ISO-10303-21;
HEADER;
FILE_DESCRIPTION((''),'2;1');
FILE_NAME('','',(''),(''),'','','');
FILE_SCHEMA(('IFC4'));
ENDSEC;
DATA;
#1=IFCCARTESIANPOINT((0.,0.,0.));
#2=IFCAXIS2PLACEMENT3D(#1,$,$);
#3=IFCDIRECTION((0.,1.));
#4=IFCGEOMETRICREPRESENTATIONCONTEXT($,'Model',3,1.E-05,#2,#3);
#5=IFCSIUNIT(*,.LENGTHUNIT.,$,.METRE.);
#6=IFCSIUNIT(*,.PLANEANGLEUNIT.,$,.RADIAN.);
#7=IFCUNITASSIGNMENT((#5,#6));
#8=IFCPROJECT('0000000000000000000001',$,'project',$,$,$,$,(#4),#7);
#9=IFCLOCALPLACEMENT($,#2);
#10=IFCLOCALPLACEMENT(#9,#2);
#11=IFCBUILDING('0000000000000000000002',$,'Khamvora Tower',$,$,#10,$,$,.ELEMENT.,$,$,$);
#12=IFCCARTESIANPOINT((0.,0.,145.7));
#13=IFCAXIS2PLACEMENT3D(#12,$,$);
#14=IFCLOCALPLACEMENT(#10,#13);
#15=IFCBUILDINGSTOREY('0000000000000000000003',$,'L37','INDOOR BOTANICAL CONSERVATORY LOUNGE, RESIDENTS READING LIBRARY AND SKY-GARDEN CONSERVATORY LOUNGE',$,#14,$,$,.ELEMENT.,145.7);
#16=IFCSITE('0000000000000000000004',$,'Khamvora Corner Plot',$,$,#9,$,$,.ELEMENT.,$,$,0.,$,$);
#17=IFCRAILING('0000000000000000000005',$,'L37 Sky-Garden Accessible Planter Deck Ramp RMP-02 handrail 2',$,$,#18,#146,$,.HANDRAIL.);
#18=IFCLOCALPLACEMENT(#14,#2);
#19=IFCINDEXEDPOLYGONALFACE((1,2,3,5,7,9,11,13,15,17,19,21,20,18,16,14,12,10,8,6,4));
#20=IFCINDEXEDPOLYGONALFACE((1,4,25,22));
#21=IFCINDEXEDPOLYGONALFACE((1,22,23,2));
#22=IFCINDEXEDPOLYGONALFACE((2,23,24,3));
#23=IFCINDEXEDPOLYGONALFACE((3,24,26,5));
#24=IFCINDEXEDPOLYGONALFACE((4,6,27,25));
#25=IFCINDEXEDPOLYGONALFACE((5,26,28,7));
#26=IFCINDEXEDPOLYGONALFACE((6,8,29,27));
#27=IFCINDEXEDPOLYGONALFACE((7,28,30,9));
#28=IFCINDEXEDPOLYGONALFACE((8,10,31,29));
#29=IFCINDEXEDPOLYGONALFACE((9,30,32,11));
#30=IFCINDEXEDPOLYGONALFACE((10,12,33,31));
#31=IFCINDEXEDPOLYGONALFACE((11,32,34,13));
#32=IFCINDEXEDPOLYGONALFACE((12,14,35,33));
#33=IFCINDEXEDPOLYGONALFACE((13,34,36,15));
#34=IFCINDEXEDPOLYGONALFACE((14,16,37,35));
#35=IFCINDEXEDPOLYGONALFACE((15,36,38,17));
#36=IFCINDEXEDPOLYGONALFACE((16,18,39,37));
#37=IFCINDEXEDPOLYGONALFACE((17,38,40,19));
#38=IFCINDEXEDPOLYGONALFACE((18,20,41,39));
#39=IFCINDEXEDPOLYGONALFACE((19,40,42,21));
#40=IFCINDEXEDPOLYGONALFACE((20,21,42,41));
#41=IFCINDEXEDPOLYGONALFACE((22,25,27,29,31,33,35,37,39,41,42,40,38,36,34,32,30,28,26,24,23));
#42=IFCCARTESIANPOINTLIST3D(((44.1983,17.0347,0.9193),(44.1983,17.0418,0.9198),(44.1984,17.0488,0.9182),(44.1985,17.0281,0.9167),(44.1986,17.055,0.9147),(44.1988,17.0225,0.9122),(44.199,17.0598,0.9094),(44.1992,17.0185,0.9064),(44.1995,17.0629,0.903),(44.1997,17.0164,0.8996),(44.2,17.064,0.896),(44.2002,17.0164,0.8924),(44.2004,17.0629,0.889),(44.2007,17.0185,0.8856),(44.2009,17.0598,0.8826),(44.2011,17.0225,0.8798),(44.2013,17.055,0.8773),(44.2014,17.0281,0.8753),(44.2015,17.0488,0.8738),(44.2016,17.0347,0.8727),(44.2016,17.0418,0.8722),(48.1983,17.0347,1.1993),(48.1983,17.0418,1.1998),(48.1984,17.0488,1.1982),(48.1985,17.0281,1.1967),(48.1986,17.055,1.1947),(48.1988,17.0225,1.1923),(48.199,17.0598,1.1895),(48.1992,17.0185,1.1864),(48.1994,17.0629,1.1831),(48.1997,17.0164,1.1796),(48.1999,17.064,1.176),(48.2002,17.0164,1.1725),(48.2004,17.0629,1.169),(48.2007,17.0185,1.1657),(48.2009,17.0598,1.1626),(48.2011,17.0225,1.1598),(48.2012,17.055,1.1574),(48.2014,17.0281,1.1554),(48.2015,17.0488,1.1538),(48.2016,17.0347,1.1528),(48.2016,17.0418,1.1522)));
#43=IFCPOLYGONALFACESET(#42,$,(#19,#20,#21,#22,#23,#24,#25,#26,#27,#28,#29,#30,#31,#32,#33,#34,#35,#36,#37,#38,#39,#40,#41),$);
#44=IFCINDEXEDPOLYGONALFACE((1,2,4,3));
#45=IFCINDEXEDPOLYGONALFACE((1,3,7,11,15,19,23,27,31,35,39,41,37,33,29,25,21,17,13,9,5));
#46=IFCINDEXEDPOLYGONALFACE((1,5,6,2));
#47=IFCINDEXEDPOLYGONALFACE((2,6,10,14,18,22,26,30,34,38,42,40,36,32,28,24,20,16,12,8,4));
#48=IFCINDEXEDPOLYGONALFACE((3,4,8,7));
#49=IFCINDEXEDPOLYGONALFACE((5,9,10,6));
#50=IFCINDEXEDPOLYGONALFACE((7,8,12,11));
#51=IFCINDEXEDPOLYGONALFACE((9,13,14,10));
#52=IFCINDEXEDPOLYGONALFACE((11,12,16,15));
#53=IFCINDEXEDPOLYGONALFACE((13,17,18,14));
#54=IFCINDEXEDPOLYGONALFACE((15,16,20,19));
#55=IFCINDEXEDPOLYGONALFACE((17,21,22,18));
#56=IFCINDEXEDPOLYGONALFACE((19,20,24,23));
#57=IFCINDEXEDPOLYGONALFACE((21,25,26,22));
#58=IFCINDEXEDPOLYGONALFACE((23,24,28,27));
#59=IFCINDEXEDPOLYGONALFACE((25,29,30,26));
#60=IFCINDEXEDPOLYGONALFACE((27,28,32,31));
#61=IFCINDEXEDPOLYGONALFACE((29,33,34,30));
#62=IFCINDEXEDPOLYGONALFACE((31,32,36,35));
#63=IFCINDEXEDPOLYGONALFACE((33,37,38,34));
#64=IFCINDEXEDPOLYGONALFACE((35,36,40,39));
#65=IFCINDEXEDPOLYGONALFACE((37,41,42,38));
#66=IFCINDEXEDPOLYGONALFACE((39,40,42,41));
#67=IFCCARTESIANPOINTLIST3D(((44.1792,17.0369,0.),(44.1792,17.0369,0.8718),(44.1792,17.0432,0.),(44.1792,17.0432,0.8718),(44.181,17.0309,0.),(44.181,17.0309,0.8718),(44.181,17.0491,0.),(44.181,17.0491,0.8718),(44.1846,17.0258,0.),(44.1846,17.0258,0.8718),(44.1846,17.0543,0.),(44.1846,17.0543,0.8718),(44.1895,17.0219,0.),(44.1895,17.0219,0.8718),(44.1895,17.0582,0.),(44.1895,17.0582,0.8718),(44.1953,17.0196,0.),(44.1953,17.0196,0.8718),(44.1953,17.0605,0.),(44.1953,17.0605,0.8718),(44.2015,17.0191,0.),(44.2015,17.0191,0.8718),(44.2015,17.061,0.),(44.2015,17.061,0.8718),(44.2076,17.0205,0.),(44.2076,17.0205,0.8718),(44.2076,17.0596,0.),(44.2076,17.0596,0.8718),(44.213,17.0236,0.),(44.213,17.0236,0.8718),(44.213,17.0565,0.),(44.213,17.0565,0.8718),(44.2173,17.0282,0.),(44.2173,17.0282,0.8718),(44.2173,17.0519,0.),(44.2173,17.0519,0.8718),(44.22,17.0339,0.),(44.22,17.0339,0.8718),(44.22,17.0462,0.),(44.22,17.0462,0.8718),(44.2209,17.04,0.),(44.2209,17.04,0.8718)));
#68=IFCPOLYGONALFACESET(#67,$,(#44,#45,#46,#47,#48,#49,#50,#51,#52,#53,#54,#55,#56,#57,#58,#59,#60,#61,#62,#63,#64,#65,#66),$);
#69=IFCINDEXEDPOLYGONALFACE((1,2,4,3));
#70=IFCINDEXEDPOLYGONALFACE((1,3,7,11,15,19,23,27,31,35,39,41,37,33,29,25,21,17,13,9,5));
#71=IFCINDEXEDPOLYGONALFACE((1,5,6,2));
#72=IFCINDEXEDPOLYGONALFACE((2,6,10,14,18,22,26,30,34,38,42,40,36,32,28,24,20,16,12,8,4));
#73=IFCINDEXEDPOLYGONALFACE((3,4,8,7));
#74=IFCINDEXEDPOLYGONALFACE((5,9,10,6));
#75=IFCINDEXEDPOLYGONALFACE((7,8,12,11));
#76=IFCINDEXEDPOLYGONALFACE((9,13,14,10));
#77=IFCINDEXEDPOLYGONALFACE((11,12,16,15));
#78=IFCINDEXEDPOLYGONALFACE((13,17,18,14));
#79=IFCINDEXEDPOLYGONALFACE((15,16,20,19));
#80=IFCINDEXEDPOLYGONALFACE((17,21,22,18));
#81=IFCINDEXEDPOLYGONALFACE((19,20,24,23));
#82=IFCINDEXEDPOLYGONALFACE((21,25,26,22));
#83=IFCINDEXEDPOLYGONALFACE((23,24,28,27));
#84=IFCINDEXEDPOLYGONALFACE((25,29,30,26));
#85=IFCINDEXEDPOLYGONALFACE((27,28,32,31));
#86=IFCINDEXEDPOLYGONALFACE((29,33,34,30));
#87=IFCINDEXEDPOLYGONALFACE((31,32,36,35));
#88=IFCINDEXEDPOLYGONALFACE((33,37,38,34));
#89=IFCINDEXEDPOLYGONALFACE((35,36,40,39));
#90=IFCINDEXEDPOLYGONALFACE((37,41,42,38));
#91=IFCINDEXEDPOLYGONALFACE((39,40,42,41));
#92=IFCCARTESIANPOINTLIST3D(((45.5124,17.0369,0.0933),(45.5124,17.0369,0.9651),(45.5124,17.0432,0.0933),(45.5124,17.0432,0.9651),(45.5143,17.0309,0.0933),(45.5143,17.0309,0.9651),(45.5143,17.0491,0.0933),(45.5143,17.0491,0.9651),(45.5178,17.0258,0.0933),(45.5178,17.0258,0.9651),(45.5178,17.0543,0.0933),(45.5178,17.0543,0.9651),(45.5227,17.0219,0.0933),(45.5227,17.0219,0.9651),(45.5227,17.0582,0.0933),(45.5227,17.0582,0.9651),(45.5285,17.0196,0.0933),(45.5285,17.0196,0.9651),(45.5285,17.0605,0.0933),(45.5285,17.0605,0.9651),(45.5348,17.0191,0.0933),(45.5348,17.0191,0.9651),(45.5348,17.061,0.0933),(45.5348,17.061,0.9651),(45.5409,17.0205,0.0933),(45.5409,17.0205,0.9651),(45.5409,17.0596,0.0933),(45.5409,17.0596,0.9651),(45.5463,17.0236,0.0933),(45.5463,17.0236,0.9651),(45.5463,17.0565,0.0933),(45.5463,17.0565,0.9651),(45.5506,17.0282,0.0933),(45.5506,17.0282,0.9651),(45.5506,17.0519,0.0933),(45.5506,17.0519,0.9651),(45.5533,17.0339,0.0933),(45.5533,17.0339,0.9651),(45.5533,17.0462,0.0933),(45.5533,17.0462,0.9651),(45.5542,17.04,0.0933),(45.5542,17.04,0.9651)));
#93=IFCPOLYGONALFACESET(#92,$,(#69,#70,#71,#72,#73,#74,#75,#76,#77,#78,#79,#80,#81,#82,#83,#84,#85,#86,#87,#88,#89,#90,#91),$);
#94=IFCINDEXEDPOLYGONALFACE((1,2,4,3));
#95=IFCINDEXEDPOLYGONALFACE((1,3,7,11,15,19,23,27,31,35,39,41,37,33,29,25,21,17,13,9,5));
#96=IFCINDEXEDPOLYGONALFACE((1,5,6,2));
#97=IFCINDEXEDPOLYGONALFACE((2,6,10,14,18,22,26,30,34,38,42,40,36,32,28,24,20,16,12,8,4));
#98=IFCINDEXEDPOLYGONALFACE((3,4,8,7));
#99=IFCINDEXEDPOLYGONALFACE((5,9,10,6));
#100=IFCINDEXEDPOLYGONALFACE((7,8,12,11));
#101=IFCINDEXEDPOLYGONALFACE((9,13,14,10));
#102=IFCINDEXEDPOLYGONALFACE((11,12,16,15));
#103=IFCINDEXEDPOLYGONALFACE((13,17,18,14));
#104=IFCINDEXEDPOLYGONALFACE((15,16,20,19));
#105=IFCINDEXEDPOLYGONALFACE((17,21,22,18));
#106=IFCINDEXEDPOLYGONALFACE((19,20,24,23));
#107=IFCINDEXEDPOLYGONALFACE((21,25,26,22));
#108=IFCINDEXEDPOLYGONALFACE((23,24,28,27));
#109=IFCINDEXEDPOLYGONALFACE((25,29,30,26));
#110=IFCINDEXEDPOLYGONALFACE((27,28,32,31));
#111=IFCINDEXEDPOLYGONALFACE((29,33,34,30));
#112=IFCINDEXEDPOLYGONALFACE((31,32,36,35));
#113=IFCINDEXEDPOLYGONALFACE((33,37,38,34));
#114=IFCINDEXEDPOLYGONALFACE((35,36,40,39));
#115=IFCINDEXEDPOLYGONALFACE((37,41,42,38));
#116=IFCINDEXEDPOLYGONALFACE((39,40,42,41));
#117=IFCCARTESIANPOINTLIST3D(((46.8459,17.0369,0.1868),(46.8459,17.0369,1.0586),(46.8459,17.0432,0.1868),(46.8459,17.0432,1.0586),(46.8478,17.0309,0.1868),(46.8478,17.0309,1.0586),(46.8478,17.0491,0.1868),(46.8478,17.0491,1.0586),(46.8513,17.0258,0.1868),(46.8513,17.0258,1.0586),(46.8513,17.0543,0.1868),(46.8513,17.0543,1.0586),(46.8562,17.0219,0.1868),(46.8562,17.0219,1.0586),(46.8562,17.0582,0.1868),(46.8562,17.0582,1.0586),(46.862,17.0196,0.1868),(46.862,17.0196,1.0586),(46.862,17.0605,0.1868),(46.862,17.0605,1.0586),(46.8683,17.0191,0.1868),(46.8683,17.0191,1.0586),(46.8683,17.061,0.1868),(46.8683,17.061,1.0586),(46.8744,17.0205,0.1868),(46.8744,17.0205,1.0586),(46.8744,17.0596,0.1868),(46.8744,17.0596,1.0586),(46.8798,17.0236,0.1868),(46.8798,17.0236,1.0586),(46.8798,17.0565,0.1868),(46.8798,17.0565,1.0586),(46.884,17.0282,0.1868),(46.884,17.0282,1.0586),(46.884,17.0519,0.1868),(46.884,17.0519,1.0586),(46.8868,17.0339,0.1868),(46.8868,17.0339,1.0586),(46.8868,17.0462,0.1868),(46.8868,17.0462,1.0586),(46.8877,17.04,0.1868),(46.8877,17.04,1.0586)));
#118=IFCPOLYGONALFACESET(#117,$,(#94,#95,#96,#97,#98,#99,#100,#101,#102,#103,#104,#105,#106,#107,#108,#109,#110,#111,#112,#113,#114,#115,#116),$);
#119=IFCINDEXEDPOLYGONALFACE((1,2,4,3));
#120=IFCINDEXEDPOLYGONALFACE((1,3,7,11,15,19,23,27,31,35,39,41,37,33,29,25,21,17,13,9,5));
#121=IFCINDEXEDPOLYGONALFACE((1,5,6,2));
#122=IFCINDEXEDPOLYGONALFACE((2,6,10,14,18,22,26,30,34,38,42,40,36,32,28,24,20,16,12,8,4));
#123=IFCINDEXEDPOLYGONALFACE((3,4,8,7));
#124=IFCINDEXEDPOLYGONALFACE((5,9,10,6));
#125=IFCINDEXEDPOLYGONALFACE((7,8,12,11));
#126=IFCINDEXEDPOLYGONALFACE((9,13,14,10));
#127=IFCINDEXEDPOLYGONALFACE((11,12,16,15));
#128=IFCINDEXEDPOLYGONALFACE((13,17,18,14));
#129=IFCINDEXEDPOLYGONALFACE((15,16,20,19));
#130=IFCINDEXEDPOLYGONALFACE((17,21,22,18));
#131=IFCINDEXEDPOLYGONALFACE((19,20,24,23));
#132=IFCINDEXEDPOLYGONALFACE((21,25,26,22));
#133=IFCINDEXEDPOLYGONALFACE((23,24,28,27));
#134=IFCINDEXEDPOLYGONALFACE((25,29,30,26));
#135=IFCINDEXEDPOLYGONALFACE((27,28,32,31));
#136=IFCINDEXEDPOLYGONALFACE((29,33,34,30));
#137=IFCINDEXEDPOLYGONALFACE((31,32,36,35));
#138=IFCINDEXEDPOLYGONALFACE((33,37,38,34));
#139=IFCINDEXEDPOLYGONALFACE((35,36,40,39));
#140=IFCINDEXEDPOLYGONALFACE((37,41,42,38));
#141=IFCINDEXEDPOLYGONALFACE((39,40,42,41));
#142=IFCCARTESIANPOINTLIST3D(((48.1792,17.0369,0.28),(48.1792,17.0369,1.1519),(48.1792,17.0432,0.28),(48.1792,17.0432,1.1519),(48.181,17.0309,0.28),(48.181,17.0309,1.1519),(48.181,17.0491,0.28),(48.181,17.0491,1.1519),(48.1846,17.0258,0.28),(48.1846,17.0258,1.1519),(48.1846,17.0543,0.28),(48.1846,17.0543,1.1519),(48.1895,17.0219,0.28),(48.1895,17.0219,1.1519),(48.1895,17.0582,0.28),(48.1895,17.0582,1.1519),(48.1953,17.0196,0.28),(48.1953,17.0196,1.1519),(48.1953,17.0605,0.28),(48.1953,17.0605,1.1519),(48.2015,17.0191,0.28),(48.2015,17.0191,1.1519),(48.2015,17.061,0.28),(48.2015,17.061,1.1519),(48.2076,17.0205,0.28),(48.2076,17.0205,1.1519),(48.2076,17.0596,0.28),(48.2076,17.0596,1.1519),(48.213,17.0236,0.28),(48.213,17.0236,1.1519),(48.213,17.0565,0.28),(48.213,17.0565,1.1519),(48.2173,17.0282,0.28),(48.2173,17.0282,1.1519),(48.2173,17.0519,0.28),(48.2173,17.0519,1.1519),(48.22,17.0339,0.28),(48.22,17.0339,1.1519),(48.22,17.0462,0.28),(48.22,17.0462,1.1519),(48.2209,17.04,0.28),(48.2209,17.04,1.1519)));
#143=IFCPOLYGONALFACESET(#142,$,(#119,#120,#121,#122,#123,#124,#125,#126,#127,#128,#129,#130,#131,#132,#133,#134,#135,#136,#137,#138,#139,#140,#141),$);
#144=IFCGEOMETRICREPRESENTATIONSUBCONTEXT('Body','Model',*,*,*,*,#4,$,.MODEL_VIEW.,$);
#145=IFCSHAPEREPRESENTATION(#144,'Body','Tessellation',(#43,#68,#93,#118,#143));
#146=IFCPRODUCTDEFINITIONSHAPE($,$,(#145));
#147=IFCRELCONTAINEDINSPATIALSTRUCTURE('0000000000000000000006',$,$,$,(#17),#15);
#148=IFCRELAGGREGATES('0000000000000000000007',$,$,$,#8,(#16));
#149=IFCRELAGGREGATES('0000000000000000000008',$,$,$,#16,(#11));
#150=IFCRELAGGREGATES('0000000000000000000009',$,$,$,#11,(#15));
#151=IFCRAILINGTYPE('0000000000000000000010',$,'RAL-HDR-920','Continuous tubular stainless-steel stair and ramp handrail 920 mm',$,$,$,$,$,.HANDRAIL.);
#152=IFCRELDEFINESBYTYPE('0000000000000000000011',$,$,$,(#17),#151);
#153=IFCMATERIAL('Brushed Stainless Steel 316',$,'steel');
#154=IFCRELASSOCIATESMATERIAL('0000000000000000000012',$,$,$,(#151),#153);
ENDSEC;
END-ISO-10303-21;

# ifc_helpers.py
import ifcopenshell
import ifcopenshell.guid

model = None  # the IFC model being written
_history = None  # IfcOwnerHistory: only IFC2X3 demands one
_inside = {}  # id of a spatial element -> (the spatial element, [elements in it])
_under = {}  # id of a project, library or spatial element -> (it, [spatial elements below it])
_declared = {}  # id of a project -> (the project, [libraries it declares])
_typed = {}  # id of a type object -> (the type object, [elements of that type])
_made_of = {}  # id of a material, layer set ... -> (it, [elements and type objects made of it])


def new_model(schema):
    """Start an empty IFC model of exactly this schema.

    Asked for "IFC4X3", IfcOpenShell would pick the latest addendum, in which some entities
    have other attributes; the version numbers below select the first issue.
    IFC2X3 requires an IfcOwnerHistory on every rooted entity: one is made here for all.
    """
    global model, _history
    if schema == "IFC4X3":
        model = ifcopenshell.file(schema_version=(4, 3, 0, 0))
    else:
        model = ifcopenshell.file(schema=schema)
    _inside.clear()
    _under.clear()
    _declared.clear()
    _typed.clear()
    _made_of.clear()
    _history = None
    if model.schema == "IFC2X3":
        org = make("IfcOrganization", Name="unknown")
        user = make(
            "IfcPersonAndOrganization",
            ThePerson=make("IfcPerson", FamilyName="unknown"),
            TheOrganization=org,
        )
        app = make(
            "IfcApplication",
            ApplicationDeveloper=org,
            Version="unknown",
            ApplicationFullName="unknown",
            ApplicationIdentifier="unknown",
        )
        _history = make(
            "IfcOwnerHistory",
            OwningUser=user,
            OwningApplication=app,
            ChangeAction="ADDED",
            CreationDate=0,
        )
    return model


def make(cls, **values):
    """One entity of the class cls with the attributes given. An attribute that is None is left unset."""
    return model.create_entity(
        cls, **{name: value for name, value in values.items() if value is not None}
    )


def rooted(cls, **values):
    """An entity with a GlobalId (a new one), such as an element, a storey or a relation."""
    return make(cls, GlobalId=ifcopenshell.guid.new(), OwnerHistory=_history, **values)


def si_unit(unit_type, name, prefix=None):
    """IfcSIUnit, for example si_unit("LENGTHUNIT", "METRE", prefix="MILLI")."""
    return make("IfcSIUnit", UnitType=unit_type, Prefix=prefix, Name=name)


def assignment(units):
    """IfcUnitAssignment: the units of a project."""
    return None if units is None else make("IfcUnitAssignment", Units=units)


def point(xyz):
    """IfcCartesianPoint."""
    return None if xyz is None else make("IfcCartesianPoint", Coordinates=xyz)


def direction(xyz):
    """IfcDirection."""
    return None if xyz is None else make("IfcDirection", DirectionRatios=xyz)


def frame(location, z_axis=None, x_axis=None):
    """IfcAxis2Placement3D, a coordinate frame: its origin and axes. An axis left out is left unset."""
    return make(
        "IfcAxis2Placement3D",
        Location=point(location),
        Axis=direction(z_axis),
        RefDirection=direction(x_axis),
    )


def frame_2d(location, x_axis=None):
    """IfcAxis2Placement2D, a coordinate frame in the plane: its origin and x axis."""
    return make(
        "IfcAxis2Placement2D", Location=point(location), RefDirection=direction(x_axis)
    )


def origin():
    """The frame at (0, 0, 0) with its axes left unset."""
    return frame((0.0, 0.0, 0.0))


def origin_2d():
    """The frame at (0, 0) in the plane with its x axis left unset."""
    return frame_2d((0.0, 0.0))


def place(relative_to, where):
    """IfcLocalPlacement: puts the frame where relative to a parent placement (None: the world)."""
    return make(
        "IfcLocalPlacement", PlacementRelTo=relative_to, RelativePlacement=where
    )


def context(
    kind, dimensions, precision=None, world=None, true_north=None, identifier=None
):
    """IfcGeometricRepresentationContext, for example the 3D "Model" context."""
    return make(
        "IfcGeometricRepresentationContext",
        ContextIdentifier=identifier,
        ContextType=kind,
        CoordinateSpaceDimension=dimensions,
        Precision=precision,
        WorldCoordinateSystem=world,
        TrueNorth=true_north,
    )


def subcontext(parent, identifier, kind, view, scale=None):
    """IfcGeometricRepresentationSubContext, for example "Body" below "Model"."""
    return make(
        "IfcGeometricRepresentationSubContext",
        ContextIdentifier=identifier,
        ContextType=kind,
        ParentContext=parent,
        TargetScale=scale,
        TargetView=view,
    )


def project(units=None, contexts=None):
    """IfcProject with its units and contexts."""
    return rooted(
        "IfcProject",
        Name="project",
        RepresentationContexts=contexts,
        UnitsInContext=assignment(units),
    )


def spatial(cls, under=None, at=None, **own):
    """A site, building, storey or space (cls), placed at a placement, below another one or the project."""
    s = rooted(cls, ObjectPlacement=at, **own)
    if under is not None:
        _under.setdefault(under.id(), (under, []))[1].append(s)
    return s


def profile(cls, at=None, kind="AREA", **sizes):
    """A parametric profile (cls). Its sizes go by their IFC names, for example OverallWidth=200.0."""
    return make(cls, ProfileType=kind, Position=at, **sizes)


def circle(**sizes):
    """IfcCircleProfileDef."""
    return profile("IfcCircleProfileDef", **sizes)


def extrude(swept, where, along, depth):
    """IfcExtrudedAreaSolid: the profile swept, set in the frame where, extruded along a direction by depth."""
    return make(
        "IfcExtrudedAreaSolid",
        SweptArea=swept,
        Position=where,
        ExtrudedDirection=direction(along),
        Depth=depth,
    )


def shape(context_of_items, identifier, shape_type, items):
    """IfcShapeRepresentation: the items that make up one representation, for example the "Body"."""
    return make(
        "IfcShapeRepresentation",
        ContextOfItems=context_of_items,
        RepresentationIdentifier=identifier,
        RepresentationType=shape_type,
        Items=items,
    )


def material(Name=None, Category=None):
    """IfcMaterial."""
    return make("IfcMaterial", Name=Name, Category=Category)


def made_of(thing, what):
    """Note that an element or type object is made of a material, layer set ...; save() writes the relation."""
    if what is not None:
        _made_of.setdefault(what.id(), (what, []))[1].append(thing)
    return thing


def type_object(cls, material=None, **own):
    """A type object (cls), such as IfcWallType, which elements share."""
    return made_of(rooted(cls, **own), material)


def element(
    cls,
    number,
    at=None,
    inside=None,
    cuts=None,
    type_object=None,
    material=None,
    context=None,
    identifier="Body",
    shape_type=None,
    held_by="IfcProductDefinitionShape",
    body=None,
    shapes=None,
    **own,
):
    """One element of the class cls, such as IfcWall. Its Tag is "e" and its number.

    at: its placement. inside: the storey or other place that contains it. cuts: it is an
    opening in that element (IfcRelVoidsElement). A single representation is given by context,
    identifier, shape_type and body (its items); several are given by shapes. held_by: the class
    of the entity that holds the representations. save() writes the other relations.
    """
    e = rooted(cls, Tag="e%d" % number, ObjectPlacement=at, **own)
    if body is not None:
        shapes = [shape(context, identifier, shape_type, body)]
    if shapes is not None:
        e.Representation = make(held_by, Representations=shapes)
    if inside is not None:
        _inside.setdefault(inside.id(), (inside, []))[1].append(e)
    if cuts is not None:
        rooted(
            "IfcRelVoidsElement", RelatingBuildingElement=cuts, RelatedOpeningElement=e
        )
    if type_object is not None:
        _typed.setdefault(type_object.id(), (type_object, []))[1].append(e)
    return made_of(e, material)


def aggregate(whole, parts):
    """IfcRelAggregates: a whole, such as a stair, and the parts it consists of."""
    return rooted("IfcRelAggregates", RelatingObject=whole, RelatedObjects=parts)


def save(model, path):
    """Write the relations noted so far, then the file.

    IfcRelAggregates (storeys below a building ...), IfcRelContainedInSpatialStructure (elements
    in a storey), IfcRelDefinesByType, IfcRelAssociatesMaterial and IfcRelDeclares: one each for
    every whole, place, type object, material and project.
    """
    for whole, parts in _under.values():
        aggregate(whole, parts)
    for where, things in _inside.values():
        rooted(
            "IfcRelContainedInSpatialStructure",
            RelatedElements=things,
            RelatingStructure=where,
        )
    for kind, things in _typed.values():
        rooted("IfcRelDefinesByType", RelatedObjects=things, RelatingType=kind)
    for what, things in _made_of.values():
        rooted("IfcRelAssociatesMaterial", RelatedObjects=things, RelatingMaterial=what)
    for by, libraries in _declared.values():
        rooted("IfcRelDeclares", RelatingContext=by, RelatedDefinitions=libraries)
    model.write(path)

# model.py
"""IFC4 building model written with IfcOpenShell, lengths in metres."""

from ifc_helpers import new_model, si_unit, direction, frame, origin, origin_2d, place, context, subcontext, project, spatial, circle, extrude, material, type_object, element, save


model = new_model("IFC4")

# Units and contexts
model_context = context("Model", 3, precision=1e-05, world=origin(), true_north=direction((0.0, 1.0)))
body_context = subcontext(model_context, "Body", "Model", "MODEL_VIEW")
ifc_project = project(units=[si_unit("LENGTHUNIT", "METRE"), si_unit("PLANEANGLEUNIT", "RADIAN")], contexts=[model_context])

# Site, building, storey
site_placement = place(None, origin())
site = spatial("IfcSite", under=ifc_project, at=site_placement, Name="Khamvora Corner Plot", CompositionType="ELEMENT", RefElevation=0.0)
building_placement = place(site_placement, origin())
building = spatial("IfcBuilding", under=site, at=building_placement, Name="Khamvora Tower", CompositionType="ELEMENT")
storey_placement = place(building_placement, frame((0.0, 0.0, 145.7)))
storey = spatial("IfcBuildingStorey", under=building, at=storey_placement, Name="L37", Description="INDOOR BOTANICAL CONSERVATORY LOUNGE, RESIDENTS READING LIBRARY AND SKY-GARDEN CONSERVATORY LOUNGE", CompositionType="ELEMENT", Elevation=145.7)

# Railing
ifc_material_1 = material(Name="Brushed Stainless Steel 316", Category="steel")
railing_type_1 = type_object("IfcRailingType", Name="RAL-HDR-920", Description="Continuous tubular stainless-steel stair and ramp handrail 920 mm", PredefinedType="HANDRAIL", material=ifc_material_1)
for number, where, name in (
    (1, (44.2, 17.04, 0.0), "L37 Sky-Garden Accessible Planter Deck Ramp RMP-02 handrail 2"),
):
    element("IfcRailing", number, at=place(storey_placement, frame(where)), inside=storey, type_object=railing_type_1, Name=name, PredefinedType="HANDRAIL", context=body_context, shape_type="SweptSolid", body=[
        extrude(circle(Radius=0.0239, at=origin_2d()), frame((0.0, 0.0, 0.896), z_axis=(0.997558, 0.0, 0.069836), x_axis=(0.0, 1.0, 0.0)), (0.0, 0.0, 1.0), 4.0098),
        extrude(circle(Radius=0.021, at=origin_2d()), origin(), (0.0, 0.0, 1.0), 0.8718),
        extrude(circle(Radius=0.021, at=origin_2d()), frame((1.3333, 0.0, 0.0933)), (0.0, 0.0, 1.0), 0.8718),
        extrude(circle(Radius=0.021, at=origin_2d()), frame((2.6667, 0.0, 0.1868)), (0.0, 0.0, 1.0), 0.8718),
        extrude(circle(Radius=0.021, at=origin_2d()), frame((4.0, 0.0, 0.28)), (0.0, 0.0, 1.0), 0.8718),
    ])

save(model, "model.ifc")
